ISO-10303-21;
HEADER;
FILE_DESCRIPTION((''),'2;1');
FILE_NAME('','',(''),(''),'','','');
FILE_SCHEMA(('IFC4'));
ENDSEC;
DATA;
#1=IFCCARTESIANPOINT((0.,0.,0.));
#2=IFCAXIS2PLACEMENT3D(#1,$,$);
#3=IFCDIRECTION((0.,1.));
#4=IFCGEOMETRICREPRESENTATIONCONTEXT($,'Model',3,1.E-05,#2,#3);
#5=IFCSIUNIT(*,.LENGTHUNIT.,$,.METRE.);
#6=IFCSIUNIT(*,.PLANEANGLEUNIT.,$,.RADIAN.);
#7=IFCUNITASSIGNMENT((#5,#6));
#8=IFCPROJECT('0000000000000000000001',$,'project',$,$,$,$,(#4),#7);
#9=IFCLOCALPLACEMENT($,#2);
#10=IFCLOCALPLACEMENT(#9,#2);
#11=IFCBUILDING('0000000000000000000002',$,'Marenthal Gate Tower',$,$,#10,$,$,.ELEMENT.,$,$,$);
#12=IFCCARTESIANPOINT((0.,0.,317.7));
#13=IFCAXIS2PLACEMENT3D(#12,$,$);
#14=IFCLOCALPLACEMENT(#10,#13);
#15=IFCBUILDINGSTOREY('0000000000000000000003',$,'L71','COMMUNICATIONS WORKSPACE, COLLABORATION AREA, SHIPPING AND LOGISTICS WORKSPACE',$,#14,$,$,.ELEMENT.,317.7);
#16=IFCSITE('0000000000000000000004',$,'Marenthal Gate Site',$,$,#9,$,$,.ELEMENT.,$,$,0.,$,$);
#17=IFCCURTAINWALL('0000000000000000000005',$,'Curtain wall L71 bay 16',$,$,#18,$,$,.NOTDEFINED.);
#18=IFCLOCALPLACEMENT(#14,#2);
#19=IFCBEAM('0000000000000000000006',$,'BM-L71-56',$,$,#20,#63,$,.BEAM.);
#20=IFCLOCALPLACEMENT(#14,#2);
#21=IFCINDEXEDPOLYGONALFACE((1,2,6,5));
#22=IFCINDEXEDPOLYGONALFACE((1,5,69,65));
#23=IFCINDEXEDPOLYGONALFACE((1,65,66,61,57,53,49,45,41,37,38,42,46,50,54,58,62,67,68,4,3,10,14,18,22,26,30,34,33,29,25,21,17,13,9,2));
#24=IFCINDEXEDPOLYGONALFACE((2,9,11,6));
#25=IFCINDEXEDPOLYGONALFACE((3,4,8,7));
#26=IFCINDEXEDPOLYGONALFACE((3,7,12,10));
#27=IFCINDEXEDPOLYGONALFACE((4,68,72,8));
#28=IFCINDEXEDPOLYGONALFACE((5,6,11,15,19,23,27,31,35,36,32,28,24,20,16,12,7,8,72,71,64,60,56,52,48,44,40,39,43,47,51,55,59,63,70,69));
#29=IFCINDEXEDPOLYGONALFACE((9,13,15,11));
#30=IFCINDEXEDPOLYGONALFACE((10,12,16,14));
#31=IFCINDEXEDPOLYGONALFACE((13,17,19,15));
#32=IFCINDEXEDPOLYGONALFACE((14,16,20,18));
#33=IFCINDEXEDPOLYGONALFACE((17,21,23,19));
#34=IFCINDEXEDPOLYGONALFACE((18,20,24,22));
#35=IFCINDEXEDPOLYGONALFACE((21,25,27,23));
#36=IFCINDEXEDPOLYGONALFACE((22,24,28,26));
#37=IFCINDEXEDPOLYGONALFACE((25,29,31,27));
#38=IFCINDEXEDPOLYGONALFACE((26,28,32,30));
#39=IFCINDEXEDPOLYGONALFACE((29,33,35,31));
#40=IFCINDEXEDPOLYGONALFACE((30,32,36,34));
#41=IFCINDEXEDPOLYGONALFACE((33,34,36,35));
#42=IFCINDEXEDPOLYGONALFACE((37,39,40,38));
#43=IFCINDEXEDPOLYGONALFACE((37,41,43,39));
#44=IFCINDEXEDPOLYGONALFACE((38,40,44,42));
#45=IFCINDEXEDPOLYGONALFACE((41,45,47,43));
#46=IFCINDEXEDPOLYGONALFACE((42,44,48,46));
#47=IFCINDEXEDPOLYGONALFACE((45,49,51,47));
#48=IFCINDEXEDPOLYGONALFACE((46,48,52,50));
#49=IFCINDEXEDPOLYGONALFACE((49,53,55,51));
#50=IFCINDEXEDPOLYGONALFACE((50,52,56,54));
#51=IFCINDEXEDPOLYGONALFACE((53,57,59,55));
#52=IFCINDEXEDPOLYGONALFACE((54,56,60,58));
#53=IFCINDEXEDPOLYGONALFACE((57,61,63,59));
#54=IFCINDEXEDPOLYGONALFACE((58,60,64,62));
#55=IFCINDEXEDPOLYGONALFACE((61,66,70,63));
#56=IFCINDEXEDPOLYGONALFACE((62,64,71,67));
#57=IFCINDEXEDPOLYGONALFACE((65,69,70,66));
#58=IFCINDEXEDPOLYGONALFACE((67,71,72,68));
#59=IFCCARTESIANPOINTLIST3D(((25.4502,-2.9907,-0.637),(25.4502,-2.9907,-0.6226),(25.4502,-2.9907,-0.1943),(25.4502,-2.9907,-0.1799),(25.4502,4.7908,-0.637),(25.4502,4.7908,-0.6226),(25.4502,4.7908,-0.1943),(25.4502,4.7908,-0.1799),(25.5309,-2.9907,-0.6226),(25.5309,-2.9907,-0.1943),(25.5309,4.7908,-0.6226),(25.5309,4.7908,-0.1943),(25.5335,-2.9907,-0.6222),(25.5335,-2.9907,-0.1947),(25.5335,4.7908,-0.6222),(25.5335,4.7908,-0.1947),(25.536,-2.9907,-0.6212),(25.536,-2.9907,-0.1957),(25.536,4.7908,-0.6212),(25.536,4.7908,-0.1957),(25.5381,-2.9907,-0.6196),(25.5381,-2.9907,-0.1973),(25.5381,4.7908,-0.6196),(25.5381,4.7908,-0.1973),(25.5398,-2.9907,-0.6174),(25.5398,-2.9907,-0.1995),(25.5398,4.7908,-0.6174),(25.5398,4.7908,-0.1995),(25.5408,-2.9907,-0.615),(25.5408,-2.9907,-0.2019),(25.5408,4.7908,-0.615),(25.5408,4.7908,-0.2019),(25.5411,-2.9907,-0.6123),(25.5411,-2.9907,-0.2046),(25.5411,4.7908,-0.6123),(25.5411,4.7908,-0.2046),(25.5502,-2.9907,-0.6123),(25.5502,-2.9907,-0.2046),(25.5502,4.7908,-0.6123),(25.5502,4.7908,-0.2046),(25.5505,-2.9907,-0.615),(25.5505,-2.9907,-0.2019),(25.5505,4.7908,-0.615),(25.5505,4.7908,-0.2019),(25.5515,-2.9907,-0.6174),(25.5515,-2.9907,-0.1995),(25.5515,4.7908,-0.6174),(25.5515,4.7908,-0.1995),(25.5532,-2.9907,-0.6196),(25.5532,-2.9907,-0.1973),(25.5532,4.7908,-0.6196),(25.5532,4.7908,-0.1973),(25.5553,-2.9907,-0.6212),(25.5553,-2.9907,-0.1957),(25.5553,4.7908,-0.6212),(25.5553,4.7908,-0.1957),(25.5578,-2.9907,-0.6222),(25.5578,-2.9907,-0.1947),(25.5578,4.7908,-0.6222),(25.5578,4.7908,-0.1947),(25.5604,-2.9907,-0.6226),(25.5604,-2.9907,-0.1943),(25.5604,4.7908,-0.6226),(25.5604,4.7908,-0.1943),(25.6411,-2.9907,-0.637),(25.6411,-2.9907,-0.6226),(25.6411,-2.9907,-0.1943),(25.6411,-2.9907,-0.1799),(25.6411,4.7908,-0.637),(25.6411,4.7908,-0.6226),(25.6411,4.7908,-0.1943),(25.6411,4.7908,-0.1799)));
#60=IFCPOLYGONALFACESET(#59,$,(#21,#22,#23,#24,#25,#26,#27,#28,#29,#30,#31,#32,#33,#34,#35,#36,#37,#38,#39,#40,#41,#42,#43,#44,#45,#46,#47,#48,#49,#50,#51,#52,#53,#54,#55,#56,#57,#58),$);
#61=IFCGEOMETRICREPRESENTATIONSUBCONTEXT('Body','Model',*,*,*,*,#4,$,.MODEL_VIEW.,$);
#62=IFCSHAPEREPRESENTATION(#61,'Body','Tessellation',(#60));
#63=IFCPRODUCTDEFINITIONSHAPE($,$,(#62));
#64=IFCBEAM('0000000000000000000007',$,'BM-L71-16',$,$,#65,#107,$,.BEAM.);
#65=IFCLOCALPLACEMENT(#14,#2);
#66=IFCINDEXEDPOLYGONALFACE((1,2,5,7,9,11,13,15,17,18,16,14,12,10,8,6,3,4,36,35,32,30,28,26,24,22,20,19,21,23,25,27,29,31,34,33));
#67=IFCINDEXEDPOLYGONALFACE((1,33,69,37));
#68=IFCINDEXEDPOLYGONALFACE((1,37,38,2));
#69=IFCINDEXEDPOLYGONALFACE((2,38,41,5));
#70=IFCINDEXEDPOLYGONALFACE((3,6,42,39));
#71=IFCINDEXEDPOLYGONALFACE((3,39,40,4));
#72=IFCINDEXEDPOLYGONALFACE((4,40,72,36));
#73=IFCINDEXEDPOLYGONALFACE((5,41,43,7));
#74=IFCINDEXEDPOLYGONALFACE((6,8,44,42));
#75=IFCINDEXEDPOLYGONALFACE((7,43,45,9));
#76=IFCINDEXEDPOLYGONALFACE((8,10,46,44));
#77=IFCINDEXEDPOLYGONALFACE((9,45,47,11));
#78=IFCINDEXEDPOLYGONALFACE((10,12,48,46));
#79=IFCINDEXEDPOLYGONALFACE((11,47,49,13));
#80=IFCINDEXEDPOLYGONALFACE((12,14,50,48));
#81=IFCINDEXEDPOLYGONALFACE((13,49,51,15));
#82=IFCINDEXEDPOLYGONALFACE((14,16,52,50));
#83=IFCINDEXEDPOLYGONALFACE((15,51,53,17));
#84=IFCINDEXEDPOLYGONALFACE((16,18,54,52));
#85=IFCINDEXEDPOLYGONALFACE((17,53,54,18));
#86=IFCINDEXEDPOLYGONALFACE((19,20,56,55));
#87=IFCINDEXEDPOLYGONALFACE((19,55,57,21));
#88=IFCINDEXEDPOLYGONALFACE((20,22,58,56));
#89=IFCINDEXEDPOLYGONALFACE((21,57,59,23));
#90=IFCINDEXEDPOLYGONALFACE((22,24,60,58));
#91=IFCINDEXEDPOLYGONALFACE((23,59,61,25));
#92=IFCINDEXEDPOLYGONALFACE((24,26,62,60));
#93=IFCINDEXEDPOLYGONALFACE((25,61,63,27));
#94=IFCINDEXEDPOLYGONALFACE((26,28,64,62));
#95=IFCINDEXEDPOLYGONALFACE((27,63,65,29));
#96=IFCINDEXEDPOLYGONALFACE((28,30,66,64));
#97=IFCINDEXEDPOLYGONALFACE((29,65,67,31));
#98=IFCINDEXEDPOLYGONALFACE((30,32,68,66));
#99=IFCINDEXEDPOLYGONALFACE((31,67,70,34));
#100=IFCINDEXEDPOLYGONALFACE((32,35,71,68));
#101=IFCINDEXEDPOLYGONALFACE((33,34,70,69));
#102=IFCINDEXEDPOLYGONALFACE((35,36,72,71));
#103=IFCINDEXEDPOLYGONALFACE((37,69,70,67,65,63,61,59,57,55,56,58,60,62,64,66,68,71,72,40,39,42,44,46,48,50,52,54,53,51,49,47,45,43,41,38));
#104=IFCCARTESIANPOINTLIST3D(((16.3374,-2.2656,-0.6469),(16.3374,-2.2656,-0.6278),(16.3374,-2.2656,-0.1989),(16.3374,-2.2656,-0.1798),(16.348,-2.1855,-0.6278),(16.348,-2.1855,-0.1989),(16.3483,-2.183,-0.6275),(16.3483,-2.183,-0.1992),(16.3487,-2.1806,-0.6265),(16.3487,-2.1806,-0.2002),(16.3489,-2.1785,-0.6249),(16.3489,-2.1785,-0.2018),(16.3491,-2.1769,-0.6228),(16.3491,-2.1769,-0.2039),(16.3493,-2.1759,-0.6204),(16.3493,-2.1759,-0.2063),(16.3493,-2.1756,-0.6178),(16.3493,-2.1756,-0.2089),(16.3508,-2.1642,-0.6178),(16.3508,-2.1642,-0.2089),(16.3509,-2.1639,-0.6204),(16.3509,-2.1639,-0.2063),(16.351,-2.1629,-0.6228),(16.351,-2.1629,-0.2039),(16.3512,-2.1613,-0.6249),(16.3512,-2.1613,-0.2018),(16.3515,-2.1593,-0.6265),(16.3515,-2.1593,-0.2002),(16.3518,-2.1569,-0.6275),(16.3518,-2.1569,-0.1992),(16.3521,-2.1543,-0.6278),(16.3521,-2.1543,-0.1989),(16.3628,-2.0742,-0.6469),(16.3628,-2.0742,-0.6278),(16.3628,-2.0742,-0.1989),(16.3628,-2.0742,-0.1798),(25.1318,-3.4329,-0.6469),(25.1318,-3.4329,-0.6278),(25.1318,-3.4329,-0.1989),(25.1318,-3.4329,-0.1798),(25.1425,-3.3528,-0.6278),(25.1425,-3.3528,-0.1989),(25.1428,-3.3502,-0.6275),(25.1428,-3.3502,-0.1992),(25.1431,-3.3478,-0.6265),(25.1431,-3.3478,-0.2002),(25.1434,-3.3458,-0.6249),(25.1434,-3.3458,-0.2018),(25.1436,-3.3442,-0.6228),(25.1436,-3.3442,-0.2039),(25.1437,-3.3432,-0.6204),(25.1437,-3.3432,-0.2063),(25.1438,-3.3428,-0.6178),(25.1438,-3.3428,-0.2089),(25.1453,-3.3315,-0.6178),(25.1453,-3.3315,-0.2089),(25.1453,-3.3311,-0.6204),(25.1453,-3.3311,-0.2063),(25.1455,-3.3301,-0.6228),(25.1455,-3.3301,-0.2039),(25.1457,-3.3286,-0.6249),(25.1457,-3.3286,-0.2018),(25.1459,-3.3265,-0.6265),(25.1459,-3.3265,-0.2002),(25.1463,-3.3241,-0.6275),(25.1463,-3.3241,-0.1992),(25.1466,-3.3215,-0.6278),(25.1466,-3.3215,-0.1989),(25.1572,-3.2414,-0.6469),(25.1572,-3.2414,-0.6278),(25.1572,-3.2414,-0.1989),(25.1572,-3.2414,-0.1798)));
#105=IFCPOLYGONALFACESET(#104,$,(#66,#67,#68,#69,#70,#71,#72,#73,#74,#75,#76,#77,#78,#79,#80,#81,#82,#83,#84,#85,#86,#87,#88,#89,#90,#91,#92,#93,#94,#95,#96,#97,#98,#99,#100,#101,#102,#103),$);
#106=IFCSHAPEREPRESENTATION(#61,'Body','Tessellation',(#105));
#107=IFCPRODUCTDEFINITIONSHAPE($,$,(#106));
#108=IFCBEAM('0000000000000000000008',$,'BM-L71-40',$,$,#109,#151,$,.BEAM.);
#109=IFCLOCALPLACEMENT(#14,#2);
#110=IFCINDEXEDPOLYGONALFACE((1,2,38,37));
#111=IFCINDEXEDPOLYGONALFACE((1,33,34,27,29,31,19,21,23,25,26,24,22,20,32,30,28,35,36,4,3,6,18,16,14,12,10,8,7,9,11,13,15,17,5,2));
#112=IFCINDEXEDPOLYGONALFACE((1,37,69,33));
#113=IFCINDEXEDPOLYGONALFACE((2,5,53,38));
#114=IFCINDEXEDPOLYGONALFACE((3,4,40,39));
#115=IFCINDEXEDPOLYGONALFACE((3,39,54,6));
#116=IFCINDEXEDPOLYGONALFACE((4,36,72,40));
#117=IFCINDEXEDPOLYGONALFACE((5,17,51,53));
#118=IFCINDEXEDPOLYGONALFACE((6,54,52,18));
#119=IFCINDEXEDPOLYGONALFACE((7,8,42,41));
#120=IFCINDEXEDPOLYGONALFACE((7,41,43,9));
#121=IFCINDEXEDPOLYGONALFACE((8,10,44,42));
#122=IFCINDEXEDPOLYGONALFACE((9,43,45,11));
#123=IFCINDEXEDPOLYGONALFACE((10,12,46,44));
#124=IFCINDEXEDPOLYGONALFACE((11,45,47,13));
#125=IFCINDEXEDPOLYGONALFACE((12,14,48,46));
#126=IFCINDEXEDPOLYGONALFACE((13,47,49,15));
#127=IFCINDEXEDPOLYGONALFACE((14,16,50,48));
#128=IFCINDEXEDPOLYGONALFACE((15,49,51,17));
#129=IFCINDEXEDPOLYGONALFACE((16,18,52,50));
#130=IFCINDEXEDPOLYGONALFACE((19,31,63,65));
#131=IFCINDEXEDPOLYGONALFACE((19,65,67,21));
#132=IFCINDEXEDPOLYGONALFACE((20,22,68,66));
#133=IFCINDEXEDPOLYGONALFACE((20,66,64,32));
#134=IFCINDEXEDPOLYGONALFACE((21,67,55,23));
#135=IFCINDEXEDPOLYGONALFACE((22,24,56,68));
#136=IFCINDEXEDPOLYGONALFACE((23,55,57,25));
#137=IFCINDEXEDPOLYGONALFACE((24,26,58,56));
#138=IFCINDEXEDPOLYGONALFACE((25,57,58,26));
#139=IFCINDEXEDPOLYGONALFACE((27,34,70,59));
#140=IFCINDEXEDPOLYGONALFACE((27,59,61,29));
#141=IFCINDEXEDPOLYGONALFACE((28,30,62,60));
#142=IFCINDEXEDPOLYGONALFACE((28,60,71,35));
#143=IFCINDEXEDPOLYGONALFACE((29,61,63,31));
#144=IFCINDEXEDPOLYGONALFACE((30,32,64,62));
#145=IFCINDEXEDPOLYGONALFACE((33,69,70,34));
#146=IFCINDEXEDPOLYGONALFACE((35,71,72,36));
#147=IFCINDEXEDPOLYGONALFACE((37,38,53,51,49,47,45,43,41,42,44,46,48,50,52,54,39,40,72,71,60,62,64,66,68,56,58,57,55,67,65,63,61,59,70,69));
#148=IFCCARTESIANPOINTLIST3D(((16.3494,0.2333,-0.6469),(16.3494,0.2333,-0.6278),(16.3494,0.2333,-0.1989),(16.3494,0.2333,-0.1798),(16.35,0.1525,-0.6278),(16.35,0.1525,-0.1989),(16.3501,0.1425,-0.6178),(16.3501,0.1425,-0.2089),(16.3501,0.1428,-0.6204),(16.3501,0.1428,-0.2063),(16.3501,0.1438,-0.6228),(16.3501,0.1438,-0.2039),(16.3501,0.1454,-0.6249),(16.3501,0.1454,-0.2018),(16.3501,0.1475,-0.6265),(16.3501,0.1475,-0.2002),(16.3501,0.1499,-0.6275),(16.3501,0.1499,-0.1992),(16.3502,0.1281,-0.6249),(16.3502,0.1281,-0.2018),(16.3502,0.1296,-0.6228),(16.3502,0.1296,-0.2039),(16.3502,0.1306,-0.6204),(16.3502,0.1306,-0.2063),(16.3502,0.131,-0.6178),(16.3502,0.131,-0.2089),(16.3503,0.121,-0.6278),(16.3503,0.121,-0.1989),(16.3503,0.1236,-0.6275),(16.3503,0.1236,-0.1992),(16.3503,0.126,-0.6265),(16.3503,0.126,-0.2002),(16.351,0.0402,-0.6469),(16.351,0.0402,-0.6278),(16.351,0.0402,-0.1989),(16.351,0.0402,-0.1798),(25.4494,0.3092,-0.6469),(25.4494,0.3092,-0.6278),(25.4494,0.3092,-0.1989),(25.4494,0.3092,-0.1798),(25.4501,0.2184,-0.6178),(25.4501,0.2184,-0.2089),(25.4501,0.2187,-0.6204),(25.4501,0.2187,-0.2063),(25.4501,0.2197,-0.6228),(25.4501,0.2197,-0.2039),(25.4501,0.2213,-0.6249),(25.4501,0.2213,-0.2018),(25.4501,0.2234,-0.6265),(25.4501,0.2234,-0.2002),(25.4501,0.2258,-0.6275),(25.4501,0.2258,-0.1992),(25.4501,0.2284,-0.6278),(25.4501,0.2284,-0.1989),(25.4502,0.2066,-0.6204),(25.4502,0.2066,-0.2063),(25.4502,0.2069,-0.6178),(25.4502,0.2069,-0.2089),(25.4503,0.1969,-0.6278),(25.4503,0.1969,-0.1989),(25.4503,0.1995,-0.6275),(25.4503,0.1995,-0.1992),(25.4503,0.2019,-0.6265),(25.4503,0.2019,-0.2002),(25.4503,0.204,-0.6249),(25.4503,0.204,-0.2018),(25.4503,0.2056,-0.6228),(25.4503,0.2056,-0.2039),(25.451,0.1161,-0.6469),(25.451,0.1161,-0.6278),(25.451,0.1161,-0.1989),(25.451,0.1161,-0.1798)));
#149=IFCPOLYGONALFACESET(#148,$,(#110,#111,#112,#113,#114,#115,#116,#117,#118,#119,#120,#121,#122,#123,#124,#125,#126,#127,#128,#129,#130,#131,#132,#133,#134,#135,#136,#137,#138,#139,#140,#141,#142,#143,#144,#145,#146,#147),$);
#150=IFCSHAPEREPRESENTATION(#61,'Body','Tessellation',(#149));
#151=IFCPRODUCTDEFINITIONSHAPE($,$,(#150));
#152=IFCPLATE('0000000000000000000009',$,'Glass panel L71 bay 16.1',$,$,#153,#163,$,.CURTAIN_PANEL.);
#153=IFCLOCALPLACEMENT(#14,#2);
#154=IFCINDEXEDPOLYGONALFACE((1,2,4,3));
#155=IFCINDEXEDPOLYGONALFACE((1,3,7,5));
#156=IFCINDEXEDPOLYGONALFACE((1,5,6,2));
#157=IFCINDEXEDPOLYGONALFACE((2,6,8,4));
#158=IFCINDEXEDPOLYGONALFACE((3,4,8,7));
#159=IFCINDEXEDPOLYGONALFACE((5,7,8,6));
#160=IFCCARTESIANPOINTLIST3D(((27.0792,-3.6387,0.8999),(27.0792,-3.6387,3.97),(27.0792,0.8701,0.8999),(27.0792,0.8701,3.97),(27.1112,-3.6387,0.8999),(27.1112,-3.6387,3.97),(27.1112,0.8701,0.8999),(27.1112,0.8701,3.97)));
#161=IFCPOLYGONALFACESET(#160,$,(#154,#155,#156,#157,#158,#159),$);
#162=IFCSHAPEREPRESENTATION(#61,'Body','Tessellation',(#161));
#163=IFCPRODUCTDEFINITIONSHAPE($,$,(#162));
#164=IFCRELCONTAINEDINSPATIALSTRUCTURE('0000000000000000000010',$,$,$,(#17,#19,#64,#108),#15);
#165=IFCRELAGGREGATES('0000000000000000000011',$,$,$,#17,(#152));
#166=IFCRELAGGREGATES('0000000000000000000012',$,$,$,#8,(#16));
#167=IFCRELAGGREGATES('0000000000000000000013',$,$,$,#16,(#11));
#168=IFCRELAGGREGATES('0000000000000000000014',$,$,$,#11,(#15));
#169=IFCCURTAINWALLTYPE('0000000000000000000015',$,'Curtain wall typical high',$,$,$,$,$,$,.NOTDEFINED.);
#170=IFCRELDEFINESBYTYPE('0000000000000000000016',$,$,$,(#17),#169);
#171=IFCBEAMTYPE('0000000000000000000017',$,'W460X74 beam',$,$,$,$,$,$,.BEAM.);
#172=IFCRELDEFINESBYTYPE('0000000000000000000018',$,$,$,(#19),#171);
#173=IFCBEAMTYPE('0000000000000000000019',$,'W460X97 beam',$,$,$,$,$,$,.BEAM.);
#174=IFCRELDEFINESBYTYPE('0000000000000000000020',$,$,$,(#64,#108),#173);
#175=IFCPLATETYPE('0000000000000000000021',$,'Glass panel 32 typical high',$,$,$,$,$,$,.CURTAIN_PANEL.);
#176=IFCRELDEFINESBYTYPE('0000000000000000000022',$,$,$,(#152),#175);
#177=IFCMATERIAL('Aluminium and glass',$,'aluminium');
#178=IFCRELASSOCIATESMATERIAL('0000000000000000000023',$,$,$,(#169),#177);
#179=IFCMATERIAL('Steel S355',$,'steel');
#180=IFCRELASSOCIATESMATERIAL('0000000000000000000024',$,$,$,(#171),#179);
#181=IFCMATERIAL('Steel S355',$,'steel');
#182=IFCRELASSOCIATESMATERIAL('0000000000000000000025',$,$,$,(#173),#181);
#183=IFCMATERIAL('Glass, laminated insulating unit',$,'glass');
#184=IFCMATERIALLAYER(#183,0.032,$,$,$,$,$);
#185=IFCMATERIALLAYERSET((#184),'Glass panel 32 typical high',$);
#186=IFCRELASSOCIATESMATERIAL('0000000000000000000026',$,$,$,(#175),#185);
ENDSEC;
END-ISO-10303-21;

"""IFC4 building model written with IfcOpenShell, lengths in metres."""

from ifc_helpers import new_model, si_unit, direction, frame, origin, origin_2d, place, context, subcontext, project, spatial, rectangle, i_section, extrude, material, layer, layer_set, material_profile, profile_set, type_object, element, aggregate, save


model = new_model("IFC4")

# Units and contexts
model_context = context("Model", 3, precision=1e-05, world=origin(), true_north=direction((0.0, 1.0)))
body_context = subcontext(model_context, "Body", "Model", "MODEL_VIEW")
ifc_project = project(units=[si_unit("LENGTHUNIT", "METRE"), si_unit("PLANEANGLEUNIT", "RADIAN")], contexts=[model_context])

# Site, building, storey
site_placement = place(None, origin())
site = spatial("IfcSite", under=ifc_project, at=site_placement, Name="Marenthal Gate Site", CompositionType="ELEMENT", RefElevation=0.0)
building_placement = place(site_placement, origin())
building = spatial("IfcBuilding", under=site, at=building_placement, Name="Marenthal Gate Tower", CompositionType="ELEMENT")
storey_placement = place(building_placement, frame((0.0, 0.0, 317.7)))
storey = spatial("IfcBuildingStorey", under=building, at=storey_placement, Name="L71", Description="COMMUNICATIONS WORKSPACE, COLLABORATION AREA, SHIPPING AND LOGISTICS WORKSPACE", CompositionType="ELEMENT", Elevation=317.7)

# Curtain wall
ifc_material_1 = material(Name="Aluminium and glass", Category="aluminium")
curtain_wall_type = type_object("IfcCurtainWallType", Name="Curtain wall typical high", PredefinedType="NOTDEFINED", material=ifc_material_1)
curtain_wall_placement = place(storey_placement, origin())
curtain_wall = element("IfcCurtainWall", 1, at=curtain_wall_placement, inside=storey, type_object=curtain_wall_type, Name="Curtain wall L71 bay 16", PredefinedType="NOTDEFINED")

# Beams
ifc_material_2 = material(Name="Steel S355", Category="steel")
ifc_material_profile_1 = material_profile(ifc_material_2, i_section(OverallWidth=0.1909, OverallDepth=0.457, WebThickness=0.009, FlangeThickness=0.0144, FilletRadius=0.0103, at=origin_2d()), Name="W460X74")
ifc_profile_set_1 = profile_set([ifc_material_profile_1], Name="Steel S355")
beam_type_1 = type_object("IfcBeamType", Name="W460X74 beam", PredefinedType="BEAM", material=ifc_profile_set_1)
beam_1_placement = place(storey_placement, frame((25.5457, -2.9907, -0.4084), z_axis=(0.0, 1.0, 0.0), x_axis=(-1.0, 0.0, 0.0)))
element("IfcBeam", 2, at=beam_1_placement, inside=storey, type_object=beam_type_1, Name="BM-L71-56", PredefinedType="BEAM", context=body_context, shape_type="SweptSolid", body=[
    extrude(i_section(OverallWidth=0.1909, OverallDepth=0.457, WebThickness=0.009, FlangeThickness=0.0144, FilletRadius=0.0103, at=origin_2d()), origin(), (0.0, 0.0, 1.0), 7.7815),
])
ifc_material_3 = material(Name="Steel S355", Category="steel")
ifc_material_profile_2 = material_profile(ifc_material_3, i_section(OverallWidth=0.1931, OverallDepth=0.467, WebThickness=0.0115, FlangeThickness=0.019, FilletRadius=0.01, at=origin_2d()), Name="W460X97")
ifc_profile_set_2 = profile_set([ifc_material_profile_2], Name="Steel S355")
beam_type_2 = type_object("IfcBeamType", Name="W460X97 beam", PredefinedType="BEAM", material=ifc_profile_set_2)
beam_2_placement = place(storey_placement, frame((25.1445, -3.3372, -0.4133), z_axis=(-0.991307, 0.131571, 0.0), x_axis=(-0.131571, -0.991307, 0.0)))
element("IfcBeam", 3, at=beam_2_placement, inside=storey, type_object=beam_type_2, Name="BM-L71-16", PredefinedType="BEAM", context=body_context, shape_type="SweptSolid", body=[
    extrude(i_section(OverallWidth=0.1931, OverallDepth=0.467, WebThickness=0.0115, FlangeThickness=0.019, FilletRadius=0.01, at=origin_2d()), origin(), (0.0, 0.0, 1.0), 8.8716),
])
beam_3_placement = place(storey_placement, frame((25.4502, 0.2126, -0.4133), z_axis=(-0.999965, -0.008343, 0.0), x_axis=(0.008343, -0.999965, 0.0)))
element("IfcBeam", 4, at=beam_3_placement, inside=storey, type_object=beam_type_2, Name="BM-L71-40", PredefinedType="BEAM", context=body_context, shape_type="SweptSolid", body=[
    extrude(i_section(OverallWidth=0.1931, OverallDepth=0.467, WebThickness=0.0115, FlangeThickness=0.019, FilletRadius=0.01, at=origin_2d()), origin(), (0.0, 0.0, 1.0), 9.1003),
])

# Plate
ifc_material_4 = material(Name="Glass, laminated insulating unit", Category="glass")
ifc_layer_1 = layer(ifc_material_4, 0.032)
ifc_layer_set_1 = layer_set([ifc_layer_1], Name="Glass panel 32 typical high")
plate_type = type_object("IfcPlateType", Name="Glass panel 32 typical high", PredefinedType="CURTAIN_PANEL", material=ifc_layer_set_1)
plate_placement = place(storey_placement, frame((27.0952, -1.3843, 0.8999), z_axis=(0.0, 0.0, 1.0), x_axis=(0.0, 1.0, 0.0)))
plate = element("IfcPlate", 5, at=plate_placement, type_object=plate_type, Name="Glass panel L71 bay 16.1", PredefinedType="CURTAIN_PANEL", context=body_context, shape_type="SweptSolid", body=[
    extrude(rectangle(XDim=4.5088, YDim=0.032, at=origin_2d()), origin(), (0.0, 0.0, 1.0), 3.0701),
])
aggregate(curtain_wall, [plate])

save(model, "model.ifc")
